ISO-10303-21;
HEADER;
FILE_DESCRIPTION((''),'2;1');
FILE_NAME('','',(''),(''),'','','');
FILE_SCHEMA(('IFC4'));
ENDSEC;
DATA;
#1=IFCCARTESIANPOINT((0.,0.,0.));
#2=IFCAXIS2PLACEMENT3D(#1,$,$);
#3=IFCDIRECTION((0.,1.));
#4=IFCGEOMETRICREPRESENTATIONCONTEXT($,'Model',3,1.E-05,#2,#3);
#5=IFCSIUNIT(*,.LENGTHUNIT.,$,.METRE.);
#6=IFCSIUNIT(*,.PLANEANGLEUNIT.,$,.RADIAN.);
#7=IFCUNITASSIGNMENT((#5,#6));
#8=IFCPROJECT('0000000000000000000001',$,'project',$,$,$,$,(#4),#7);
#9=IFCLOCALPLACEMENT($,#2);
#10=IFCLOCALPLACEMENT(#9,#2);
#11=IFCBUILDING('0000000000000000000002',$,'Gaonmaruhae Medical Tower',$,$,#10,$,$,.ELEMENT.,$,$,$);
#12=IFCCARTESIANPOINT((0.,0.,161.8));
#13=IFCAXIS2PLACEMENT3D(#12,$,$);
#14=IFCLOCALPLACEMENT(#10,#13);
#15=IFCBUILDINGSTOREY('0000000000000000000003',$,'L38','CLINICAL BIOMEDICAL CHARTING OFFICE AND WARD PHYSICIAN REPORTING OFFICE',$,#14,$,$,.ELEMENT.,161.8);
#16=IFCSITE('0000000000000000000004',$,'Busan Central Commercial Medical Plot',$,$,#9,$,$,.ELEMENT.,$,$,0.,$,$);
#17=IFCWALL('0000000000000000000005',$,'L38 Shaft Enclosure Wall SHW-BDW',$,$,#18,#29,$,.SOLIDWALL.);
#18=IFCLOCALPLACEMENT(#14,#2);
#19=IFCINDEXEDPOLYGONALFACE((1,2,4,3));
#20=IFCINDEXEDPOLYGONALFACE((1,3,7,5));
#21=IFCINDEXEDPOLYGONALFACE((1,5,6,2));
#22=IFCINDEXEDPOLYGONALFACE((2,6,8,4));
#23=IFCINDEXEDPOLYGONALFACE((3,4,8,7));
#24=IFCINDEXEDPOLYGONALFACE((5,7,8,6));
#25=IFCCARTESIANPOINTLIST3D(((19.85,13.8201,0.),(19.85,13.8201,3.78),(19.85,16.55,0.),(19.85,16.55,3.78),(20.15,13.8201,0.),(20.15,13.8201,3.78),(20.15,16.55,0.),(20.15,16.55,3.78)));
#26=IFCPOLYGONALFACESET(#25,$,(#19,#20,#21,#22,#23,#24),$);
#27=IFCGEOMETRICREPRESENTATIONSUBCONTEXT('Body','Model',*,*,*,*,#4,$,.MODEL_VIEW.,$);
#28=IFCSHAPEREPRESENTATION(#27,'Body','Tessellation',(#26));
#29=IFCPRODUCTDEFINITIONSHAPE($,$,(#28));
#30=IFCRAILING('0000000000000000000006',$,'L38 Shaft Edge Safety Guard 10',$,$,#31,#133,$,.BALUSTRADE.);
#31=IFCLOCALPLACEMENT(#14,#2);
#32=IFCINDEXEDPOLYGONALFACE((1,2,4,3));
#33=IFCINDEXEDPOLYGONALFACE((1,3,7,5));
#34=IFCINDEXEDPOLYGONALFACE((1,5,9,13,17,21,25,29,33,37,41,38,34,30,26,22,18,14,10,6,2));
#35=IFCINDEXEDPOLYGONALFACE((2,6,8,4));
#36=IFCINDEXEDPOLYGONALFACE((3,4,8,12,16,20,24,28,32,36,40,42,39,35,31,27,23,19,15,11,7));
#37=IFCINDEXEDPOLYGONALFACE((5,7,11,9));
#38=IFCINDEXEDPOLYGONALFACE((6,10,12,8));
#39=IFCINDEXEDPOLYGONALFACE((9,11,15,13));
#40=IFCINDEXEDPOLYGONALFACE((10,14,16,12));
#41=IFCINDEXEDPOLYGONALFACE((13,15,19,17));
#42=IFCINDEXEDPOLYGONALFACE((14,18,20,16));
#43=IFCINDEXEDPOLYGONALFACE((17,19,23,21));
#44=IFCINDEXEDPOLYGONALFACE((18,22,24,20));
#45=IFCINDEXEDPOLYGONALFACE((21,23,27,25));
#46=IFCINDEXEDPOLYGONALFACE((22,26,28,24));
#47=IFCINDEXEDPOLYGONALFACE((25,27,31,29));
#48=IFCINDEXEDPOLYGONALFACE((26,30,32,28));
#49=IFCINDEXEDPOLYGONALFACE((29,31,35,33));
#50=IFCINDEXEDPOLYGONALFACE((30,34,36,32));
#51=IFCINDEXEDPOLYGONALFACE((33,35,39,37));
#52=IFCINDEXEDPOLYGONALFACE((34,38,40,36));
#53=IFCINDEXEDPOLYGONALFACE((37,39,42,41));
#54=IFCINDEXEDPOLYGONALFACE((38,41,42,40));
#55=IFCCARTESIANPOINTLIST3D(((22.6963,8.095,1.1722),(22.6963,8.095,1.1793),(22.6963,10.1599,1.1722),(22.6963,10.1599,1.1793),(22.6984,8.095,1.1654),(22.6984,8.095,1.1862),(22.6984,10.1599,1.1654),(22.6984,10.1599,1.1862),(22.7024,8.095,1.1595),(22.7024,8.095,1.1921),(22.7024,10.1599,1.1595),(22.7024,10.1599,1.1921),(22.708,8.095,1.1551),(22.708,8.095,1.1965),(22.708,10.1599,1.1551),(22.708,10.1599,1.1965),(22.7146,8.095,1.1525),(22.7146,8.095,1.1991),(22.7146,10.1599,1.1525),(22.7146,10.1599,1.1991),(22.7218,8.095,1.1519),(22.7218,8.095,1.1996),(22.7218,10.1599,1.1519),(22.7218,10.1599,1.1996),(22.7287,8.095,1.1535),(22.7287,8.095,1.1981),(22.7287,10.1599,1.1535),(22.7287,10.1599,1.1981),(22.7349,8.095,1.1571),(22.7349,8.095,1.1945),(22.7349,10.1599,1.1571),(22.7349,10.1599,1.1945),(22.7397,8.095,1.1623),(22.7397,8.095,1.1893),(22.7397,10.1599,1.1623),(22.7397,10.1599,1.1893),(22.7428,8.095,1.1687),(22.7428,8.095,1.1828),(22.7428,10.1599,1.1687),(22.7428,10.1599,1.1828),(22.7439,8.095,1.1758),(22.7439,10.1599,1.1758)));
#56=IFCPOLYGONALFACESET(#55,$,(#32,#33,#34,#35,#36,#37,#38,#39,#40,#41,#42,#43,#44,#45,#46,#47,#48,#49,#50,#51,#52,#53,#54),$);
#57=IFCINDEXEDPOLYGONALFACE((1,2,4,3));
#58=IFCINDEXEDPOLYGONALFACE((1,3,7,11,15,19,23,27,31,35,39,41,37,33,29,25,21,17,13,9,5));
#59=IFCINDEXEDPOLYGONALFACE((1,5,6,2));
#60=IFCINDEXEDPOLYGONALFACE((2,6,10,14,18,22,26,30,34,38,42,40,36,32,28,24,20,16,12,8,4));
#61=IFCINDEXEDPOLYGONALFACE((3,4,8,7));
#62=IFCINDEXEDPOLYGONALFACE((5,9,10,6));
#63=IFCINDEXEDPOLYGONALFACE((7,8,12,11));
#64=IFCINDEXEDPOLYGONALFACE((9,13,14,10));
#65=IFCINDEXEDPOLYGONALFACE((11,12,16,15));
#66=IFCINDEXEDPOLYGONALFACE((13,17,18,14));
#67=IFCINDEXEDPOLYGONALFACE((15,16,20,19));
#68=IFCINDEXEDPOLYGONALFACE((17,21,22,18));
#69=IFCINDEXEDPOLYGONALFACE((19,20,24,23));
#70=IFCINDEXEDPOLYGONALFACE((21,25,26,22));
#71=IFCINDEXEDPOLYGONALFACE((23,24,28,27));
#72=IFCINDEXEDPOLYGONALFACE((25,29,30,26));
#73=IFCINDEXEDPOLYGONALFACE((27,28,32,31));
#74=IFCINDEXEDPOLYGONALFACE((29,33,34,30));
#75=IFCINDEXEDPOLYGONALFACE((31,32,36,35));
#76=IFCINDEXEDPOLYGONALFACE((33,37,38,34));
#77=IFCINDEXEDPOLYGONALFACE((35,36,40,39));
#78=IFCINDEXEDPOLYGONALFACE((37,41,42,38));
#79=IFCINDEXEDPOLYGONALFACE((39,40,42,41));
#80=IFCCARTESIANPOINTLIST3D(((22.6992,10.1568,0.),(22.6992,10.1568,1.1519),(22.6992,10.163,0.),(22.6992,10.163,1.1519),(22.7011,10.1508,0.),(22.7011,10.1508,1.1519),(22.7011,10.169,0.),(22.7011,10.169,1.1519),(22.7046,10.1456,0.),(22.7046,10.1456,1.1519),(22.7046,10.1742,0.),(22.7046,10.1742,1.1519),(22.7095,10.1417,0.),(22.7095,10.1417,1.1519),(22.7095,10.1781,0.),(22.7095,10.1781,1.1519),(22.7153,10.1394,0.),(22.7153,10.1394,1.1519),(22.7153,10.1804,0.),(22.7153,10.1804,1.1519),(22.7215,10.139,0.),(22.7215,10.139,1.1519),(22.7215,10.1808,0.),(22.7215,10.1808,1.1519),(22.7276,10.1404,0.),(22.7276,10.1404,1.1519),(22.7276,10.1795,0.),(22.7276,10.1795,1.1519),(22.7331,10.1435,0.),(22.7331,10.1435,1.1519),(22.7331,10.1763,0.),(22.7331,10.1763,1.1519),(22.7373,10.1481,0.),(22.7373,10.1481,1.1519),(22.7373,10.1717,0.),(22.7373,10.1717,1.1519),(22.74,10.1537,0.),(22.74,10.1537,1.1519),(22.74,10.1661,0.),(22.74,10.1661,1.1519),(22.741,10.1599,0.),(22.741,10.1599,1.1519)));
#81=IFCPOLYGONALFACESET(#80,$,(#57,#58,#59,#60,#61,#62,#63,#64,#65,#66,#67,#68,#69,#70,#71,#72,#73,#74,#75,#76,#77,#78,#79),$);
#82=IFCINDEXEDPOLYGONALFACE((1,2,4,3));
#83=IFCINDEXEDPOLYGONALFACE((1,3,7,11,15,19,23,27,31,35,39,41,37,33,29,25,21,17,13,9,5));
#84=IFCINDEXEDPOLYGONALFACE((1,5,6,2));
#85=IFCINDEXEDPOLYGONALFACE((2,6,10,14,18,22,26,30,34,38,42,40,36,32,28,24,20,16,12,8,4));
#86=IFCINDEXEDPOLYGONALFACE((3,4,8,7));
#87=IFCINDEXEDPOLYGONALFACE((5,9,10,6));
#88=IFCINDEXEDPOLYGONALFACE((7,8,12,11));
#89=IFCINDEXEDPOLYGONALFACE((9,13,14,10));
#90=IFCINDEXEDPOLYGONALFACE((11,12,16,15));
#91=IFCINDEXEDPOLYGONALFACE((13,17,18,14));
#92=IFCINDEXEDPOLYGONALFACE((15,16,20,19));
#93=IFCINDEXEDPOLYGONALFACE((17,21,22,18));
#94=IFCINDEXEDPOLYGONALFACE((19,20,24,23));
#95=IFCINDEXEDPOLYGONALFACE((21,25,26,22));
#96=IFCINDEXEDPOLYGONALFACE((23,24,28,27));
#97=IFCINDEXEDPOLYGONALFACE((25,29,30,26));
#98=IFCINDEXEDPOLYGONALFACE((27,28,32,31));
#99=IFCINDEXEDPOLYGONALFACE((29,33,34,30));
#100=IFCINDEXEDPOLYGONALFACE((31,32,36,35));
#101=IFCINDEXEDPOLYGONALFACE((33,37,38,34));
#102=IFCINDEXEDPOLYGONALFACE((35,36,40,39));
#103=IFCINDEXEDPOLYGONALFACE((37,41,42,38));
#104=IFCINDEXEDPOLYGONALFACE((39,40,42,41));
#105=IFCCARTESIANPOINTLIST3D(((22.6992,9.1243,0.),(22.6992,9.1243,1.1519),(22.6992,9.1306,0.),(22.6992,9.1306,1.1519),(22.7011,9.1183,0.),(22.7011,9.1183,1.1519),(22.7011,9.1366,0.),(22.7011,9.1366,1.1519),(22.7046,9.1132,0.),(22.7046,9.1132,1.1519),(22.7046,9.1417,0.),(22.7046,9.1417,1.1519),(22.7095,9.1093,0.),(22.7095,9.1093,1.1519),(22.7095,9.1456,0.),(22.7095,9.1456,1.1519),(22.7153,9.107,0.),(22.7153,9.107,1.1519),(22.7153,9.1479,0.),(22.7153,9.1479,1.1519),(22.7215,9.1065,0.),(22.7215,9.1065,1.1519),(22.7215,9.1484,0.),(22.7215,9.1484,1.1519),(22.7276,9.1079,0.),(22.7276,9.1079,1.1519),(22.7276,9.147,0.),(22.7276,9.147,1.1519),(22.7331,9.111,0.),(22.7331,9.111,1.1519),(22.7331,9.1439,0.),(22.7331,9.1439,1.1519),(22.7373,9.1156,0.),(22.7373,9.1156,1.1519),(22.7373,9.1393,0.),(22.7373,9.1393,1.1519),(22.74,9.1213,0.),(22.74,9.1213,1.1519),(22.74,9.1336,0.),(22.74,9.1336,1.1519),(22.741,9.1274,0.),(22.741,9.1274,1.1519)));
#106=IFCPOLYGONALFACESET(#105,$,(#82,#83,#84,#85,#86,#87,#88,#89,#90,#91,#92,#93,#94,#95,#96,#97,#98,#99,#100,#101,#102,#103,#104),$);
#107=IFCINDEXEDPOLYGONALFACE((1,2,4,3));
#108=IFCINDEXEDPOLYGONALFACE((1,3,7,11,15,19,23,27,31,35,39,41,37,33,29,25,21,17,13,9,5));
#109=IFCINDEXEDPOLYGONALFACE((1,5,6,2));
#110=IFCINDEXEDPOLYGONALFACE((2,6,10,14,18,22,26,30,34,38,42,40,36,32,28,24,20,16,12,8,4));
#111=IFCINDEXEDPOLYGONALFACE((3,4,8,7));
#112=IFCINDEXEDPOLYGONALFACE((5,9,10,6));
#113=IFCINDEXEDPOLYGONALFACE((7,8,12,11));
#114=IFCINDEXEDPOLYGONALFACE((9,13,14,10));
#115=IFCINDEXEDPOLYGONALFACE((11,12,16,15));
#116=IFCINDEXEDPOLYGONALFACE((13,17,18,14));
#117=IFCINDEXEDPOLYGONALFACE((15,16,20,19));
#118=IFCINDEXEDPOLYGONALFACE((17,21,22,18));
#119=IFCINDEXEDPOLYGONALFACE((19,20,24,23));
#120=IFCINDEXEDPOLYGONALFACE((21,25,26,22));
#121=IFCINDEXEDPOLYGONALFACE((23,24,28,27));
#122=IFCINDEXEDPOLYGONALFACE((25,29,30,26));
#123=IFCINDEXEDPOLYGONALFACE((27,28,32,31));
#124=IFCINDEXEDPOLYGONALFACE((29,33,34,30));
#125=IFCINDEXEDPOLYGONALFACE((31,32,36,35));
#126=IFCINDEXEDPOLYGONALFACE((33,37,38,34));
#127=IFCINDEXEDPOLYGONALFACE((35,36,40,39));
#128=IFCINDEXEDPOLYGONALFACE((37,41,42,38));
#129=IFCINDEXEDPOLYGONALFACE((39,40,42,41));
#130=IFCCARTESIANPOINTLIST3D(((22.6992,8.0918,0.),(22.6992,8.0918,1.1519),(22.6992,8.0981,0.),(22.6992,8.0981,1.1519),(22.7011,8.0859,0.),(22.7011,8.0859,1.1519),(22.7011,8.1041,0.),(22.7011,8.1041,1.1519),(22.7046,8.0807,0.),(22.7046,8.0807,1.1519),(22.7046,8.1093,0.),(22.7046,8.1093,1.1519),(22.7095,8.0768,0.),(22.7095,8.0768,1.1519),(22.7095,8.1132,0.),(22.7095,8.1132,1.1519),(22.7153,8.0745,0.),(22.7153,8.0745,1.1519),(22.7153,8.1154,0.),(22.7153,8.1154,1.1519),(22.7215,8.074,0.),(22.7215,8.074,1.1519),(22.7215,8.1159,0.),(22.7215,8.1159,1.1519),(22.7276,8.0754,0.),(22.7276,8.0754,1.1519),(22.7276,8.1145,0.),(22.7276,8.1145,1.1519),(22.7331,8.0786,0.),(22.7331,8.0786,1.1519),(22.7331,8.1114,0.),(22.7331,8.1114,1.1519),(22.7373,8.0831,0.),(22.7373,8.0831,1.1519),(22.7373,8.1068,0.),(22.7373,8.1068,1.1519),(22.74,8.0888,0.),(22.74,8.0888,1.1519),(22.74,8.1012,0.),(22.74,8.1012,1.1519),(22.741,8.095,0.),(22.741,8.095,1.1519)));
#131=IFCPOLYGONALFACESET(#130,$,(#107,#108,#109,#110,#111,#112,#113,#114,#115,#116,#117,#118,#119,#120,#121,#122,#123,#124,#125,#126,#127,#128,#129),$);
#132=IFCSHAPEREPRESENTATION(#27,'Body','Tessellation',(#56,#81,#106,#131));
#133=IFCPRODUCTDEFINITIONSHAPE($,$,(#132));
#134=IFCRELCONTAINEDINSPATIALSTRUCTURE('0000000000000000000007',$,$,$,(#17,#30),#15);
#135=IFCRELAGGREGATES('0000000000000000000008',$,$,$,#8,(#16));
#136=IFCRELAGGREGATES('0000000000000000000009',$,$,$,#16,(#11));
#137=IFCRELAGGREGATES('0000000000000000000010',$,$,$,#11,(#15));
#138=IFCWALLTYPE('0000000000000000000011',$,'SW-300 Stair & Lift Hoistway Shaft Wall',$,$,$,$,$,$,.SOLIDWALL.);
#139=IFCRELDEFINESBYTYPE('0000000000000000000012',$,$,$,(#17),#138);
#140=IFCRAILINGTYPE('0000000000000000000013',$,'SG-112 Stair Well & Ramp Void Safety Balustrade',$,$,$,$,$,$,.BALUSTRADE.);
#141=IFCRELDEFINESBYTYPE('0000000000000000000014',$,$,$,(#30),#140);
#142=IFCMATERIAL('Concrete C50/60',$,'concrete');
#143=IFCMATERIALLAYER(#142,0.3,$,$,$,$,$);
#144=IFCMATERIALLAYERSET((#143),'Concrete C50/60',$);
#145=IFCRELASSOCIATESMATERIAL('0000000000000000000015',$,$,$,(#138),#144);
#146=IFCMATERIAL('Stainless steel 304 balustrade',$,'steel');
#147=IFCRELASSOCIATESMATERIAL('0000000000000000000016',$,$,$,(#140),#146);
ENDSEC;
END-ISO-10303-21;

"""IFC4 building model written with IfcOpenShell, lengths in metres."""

from ifc_helpers import new_model, si_unit, direction, frame, frame_2d, origin, origin_2d, place, context, subcontext, project, spatial, rectangle, circle, extrude, material, layer, layer_set, type_object, element, save


model = new_model("IFC4")

# Units and contexts
model_context = context("Model", 3, precision=1e-05, world=origin(), true_north=direction((0.0, 1.0)))
body_context = subcontext(model_context, "Body", "Model", "MODEL_VIEW")
ifc_project = project(units=[si_unit("LENGTHUNIT", "METRE"), si_unit("PLANEANGLEUNIT", "RADIAN")], contexts=[model_context])

# Site, building, storey
site_placement = place(None, origin())
site = spatial("IfcSite", under=ifc_project, at=site_placement, Name="Busan Central Commercial Medical Plot", CompositionType="ELEMENT", RefElevation=0.0)
building_placement = place(site_placement, origin())
building = spatial("IfcBuilding", under=site, at=building_placement, Name="Gaonmaruhae Medical Tower", CompositionType="ELEMENT")
storey_placement = place(building_placement, frame((0.0, 0.0, 161.8)))
storey = spatial("IfcBuildingStorey", under=building, at=storey_placement, Name="L38", Description="CLINICAL BIOMEDICAL CHARTING OFFICE AND WARD PHYSICIAN REPORTING OFFICE", CompositionType="ELEMENT", Elevation=161.8)

# Shared definitions
ifc_material_1 = material(Name="Concrete C50/60", Category="concrete")

# Shared definitions
ifc_layer_1 = layer(ifc_material_1, 0.3)
ifc_layer_set_1 = layer_set([ifc_layer_1], Name="Concrete C50/60")
wall_type_1 = type_object("IfcWallType", Name="SW-300 Stair & Lift Hoistway Shaft Wall", PredefinedType="SOLIDWALL", material=ifc_layer_set_1)

# Wall
wall_1_placement = place(storey_placement, frame((20.0, 13.8201, 0.0), z_axis=(0.0, 0.0, 1.0), x_axis=(0.0, 1.0, 0.0)))
element("IfcWall", 1, at=wall_1_placement, inside=storey, type_object=wall_type_1, Name="L38 Shaft Enclosure Wall SHW-BDW", PredefinedType="SOLIDWALL", context=body_context, shape_type="SweptSolid", body=[
    extrude(rectangle(XDim=2.73, YDim=0.3, at=frame_2d((1.365, 0.0))), origin(), (0.0, 0.0, 1.0), 3.78),
])

# Railing
ifc_material_2 = material(Name="Stainless steel 304 balustrade", Category="steel")
railing_type = type_object("IfcRailingType", Name="SG-112 Stair Well & Ramp Void Safety Balustrade", PredefinedType="BALUSTRADE", material=ifc_material_2)
railing_1_placement = place(storey_placement, frame((22.72, 10.1599, 0.0)))
element("IfcRailing", 2, at=railing_1_placement, inside=storey, type_object=railing_type, Name="L38 Shaft Edge Safety Guard 10", PredefinedType="BALUSTRADE", context=body_context, shape_type="SweptSolid", body=[
    extrude(circle(Radius=0.0239, at=origin_2d()), frame((0.0, 0.0, 1.1758), z_axis=(0.0, -1.0, 0.0), x_axis=(1.0, 0.0, 0.0)), (0.0, 0.0, 1.0), 2.0649),
    extrude(circle(Radius=0.021, at=origin_2d()), origin(), (0.0, 0.0, 1.0), 1.1519),
    extrude(circle(Radius=0.021, at=origin_2d()), frame((0.0, -1.0325, 0.0)), (0.0, 0.0, 1.0), 1.1519),
    extrude(circle(Radius=0.021, at=origin_2d()), frame((0.0, -2.0649, 0.0)), (0.0, 0.0, 1.0), 1.1519),
])

save(model, "model.ifc")
